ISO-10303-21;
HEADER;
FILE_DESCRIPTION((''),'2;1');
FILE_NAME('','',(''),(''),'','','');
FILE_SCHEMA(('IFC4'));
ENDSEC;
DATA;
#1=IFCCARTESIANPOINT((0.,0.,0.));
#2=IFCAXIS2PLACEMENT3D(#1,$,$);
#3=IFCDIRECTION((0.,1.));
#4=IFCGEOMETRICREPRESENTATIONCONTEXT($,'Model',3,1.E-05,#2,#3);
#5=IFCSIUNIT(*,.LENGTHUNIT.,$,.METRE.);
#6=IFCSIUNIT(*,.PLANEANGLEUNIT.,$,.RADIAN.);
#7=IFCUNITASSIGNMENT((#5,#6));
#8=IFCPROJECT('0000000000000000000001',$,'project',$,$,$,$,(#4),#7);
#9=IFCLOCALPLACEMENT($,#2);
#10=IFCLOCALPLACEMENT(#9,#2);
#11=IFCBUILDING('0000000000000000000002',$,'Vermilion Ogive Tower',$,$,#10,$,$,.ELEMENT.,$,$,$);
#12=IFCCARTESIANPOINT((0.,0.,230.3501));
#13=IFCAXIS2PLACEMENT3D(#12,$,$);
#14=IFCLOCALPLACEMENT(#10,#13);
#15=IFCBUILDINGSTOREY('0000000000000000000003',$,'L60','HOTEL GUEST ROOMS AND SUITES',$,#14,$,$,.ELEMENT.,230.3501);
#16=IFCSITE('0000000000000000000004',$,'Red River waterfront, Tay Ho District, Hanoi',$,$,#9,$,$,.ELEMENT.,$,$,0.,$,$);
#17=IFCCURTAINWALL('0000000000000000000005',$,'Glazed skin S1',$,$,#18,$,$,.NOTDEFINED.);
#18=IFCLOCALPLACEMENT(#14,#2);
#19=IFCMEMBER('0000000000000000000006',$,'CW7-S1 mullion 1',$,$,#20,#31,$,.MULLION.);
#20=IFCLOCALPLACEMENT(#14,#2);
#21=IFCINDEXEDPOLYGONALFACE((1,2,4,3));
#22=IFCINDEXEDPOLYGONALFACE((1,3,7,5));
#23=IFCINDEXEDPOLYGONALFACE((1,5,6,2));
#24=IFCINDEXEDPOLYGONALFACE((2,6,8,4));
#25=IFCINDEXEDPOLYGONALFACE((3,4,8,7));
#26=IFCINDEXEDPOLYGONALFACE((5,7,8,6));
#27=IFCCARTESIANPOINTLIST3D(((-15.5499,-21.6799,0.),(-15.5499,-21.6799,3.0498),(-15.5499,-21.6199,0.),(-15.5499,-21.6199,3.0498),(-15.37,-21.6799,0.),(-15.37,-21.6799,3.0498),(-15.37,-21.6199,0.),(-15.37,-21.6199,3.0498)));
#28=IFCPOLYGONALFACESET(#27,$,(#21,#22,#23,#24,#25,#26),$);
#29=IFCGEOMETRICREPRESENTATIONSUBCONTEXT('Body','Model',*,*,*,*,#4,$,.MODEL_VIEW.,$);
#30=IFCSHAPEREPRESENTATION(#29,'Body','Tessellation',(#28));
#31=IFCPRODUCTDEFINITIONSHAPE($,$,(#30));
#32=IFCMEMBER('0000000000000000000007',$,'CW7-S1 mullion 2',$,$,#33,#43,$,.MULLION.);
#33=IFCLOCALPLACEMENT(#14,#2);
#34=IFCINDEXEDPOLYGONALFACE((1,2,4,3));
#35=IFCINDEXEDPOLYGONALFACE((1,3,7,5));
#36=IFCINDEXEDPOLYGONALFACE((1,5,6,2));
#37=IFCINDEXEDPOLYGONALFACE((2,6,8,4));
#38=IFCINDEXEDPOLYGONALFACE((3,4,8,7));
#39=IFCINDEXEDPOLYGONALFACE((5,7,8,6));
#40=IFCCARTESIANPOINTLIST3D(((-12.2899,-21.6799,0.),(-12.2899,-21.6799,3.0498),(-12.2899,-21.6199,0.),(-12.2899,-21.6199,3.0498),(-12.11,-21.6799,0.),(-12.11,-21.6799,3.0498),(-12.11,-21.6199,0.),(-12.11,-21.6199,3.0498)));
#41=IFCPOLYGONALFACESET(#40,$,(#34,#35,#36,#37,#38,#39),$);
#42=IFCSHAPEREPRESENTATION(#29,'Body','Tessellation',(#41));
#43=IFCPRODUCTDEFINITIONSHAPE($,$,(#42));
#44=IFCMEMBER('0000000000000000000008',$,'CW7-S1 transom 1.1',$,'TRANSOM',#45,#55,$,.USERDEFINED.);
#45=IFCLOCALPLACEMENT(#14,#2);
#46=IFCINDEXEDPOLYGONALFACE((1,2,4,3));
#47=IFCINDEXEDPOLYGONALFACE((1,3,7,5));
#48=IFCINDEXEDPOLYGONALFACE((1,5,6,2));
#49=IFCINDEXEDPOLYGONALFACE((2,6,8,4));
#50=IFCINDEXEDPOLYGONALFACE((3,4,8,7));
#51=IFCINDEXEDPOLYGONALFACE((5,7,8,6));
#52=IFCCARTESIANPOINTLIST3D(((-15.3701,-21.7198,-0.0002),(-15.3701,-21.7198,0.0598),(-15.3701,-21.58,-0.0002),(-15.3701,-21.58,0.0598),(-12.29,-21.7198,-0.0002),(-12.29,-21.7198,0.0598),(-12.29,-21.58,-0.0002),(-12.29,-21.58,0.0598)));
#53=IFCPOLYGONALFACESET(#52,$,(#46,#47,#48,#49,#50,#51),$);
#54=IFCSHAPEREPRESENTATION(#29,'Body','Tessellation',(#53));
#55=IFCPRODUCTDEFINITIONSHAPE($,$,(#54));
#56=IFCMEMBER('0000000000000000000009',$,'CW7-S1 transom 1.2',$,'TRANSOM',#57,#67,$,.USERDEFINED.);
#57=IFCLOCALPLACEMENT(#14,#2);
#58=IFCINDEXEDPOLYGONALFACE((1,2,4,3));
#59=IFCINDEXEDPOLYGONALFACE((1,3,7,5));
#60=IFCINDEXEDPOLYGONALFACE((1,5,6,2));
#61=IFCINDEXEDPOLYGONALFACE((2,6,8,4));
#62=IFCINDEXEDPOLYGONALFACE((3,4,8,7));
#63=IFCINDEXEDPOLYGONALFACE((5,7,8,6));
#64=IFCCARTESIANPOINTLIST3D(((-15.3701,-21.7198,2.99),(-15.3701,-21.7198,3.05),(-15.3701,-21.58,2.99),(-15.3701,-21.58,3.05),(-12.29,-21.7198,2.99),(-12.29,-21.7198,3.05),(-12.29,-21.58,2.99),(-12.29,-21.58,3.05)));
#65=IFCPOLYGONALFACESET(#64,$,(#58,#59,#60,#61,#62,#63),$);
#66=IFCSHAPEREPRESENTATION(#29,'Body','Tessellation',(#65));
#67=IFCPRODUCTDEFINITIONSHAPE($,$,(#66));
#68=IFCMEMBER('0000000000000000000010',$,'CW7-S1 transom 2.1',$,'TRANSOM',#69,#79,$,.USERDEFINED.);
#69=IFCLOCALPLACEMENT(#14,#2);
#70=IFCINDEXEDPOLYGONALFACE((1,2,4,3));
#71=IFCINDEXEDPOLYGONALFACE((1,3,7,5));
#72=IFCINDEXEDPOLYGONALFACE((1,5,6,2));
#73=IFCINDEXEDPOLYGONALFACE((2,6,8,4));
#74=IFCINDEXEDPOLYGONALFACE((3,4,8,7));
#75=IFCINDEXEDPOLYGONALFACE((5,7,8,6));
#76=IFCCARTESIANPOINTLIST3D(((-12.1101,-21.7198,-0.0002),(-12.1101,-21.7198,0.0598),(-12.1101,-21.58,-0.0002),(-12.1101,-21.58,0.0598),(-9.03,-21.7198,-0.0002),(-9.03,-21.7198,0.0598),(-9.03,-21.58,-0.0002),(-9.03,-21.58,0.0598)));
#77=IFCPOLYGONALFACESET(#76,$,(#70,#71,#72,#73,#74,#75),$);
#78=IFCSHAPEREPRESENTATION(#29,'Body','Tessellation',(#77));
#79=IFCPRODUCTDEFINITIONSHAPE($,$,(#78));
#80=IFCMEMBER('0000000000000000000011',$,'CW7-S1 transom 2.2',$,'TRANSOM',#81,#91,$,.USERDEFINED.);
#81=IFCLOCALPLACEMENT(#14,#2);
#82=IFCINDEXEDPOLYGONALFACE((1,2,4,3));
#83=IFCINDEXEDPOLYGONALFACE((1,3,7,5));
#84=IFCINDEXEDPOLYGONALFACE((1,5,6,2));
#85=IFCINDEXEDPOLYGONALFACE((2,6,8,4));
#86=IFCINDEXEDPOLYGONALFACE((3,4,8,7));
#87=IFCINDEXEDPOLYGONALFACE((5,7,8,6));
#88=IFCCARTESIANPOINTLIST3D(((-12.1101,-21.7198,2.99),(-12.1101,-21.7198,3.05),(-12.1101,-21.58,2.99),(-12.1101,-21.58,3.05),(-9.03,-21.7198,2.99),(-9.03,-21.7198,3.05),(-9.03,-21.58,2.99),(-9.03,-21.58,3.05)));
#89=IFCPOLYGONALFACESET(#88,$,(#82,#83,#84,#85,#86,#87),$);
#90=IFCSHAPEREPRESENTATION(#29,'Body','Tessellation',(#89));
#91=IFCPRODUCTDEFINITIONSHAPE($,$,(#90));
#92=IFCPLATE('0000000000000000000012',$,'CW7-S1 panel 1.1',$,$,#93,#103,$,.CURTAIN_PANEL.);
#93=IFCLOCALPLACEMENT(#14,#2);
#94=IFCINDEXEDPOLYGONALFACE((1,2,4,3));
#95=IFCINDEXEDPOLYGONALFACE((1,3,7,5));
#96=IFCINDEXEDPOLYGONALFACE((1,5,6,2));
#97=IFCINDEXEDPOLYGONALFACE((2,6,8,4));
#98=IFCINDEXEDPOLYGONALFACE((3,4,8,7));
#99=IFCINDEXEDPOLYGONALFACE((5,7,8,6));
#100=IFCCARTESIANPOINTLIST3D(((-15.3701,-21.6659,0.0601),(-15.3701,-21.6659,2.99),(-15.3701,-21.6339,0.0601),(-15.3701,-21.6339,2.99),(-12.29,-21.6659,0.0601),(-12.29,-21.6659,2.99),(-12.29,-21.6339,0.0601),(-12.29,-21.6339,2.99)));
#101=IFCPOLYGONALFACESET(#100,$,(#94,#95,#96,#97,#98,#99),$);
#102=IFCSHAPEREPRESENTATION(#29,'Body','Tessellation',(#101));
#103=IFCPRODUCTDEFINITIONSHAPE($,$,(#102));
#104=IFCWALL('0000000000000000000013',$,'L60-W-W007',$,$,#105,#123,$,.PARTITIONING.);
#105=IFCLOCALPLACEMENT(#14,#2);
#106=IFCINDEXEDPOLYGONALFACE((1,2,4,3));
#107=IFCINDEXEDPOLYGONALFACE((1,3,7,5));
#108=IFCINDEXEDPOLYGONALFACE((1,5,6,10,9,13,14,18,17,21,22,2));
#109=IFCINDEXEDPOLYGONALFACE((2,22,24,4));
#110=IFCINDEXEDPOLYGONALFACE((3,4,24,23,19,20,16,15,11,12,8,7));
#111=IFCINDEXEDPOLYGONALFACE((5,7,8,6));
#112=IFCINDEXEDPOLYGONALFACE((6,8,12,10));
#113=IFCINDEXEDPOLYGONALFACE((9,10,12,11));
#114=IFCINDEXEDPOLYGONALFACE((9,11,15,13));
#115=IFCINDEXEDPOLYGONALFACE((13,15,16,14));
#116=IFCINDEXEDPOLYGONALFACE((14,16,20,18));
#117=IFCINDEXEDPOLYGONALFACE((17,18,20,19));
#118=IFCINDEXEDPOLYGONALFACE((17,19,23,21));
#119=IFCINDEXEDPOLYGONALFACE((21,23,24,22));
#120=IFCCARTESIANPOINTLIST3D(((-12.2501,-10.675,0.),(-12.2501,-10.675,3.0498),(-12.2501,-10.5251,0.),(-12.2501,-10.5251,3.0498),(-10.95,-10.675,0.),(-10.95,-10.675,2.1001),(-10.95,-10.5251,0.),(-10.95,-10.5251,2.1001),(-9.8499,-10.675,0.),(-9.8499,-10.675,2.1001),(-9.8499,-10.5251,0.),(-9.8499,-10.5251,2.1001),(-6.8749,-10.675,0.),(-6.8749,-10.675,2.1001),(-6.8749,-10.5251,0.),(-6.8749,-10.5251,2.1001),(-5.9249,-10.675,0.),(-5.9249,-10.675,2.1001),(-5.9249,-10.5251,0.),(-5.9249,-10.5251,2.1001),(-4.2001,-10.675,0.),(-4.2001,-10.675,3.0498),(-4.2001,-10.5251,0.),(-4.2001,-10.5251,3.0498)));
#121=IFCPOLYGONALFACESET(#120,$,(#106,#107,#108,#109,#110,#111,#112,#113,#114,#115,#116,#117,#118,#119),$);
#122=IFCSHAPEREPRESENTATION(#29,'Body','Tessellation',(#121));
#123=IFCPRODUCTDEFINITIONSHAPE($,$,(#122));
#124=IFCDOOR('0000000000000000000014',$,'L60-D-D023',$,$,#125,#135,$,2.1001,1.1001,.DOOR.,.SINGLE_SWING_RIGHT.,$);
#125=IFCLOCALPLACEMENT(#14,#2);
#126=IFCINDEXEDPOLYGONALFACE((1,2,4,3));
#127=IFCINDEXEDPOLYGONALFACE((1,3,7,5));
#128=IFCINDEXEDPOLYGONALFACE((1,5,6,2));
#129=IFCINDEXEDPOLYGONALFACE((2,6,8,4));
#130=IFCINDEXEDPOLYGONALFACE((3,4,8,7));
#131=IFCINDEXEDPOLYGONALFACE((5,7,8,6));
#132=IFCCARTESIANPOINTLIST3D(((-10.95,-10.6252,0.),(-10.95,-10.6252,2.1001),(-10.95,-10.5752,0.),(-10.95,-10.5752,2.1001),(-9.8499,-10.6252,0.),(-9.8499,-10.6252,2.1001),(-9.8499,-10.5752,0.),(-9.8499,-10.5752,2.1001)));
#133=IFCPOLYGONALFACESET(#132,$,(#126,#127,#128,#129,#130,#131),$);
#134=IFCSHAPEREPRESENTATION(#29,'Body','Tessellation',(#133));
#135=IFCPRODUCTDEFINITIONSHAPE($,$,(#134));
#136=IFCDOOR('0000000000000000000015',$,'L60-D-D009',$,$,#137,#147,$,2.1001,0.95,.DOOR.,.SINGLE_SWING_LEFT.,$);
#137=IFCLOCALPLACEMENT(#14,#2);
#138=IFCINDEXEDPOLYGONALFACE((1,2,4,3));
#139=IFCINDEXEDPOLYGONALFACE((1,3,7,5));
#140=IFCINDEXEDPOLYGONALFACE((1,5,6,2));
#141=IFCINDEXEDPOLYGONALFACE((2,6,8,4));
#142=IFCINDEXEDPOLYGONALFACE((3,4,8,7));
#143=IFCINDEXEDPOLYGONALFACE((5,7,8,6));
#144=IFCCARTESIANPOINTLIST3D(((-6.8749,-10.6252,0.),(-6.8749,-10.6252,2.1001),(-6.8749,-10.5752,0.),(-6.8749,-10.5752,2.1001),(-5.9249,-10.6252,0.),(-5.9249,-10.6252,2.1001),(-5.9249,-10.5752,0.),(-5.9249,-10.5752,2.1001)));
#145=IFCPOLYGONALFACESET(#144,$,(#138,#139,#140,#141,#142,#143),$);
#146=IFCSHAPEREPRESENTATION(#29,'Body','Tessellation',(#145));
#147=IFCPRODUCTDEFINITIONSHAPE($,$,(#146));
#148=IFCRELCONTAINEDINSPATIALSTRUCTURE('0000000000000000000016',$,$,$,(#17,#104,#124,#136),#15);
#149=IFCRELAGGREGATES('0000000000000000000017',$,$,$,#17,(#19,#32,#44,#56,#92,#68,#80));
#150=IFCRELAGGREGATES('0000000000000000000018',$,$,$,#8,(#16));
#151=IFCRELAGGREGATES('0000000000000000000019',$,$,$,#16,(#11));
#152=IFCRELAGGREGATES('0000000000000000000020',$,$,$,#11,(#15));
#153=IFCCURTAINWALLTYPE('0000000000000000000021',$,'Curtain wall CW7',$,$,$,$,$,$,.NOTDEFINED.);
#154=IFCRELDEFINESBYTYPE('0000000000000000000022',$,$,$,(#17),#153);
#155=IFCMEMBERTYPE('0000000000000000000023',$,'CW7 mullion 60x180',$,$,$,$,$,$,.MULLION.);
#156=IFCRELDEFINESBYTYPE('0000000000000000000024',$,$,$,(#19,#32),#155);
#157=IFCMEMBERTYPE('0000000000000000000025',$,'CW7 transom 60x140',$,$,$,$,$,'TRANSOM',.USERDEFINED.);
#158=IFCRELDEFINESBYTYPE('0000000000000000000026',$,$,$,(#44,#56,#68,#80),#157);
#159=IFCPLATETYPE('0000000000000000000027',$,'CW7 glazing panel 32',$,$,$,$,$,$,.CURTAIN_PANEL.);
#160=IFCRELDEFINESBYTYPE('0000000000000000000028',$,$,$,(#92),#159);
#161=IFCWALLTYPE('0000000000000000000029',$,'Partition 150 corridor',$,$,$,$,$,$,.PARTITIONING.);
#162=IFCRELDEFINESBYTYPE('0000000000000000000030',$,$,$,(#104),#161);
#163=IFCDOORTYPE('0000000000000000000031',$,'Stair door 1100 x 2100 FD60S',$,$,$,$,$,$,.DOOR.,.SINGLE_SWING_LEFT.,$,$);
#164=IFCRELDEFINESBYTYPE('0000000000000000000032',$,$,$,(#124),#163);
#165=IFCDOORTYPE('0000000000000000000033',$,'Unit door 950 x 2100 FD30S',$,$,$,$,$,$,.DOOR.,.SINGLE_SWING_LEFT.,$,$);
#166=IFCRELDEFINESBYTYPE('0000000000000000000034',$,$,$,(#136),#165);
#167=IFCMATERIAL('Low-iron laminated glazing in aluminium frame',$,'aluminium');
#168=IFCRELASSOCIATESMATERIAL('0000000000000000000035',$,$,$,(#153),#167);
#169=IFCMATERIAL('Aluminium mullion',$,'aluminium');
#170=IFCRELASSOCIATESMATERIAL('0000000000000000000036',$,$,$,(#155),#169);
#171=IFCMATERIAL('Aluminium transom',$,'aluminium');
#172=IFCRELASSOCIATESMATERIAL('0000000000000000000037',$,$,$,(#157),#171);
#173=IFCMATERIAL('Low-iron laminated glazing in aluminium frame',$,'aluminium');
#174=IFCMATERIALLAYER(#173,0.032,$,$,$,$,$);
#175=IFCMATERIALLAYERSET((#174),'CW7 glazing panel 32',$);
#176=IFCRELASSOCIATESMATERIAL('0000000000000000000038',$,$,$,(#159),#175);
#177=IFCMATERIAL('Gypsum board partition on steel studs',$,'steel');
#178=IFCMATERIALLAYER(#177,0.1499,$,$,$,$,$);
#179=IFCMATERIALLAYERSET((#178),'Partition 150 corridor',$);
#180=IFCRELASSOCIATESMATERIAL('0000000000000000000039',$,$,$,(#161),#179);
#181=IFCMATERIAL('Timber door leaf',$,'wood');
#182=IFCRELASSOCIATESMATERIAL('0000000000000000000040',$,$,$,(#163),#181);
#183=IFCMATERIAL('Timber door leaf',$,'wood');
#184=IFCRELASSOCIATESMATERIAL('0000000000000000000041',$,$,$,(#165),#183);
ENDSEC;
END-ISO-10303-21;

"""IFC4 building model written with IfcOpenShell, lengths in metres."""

from ifc_helpers import new_model, si_unit, direction, frame, frame_2d, origin, origin_2d, place, context, subcontext, project, spatial, rectangle, extrude, material, layer, layer_set, material_profile, profile_set, type_object, element, fill, aggregate, save


model = new_model("IFC4")

# Units and contexts
model_context = context("Model", 3, precision=1e-05, world=origin(), true_north=direction((0.0, 1.0)))
body_context = subcontext(model_context, "Body", "Model", "MODEL_VIEW")
ifc_project = project(units=[si_unit("LENGTHUNIT", "METRE"), si_unit("PLANEANGLEUNIT", "RADIAN")], contexts=[model_context])

# Site, building, storey
site_placement = place(None, origin())
site = spatial("IfcSite", under=ifc_project, at=site_placement, Name="Red River waterfront, Tay Ho District, Hanoi", CompositionType="ELEMENT", RefElevation=0.0)
building_placement = place(site_placement, origin())
building = spatial("IfcBuilding", under=site, at=building_placement, Name="Vermilion Ogive Tower", CompositionType="ELEMENT")
storey_placement = place(building_placement, frame((0.0, 0.0, 230.3501)))
storey = spatial("IfcBuildingStorey", under=building, at=storey_placement, Name="L60", Description="HOTEL GUEST ROOMS AND SUITES", CompositionType="ELEMENT", Elevation=230.3501)

# Curtain wall, members, plate
ifc_material_1 = material(Name="Low-iron laminated glazing in aluminium frame", Category="aluminium")
curtain_wall_type = type_object("IfcCurtainWallType", Name="Curtain wall CW7", PredefinedType="NOTDEFINED", material=ifc_material_1)
curtain_wall_placement = place(storey_placement, origin())
curtain_wall = element("IfcCurtainWall", 1, at=curtain_wall_placement, inside=storey, type_object=curtain_wall_type, Name="Glazed skin S1", PredefinedType="NOTDEFINED")
ifc_material_2 = material(Name="Aluminium mullion", Category="aluminium")
ifc_material_profile_1 = material_profile(ifc_material_2, rectangle(XDim=0.0601, YDim=0.1799, at=origin_2d()), Name="AL 60x180")
ifc_profile_set_1 = profile_set([ifc_material_profile_1], Name="Aluminium mullion")
member_type_1 = type_object("IfcMemberType", Name="CW7 mullion 60x180", PredefinedType="MULLION", material=ifc_profile_set_1)
member_1_placement = place(storey_placement, frame((-15.46, -21.6499, 0.0), z_axis=(0.0, 0.0, 1.0), x_axis=(0.0, 1.0, 0.0)))
member_1 = element("IfcMember", 2, at=member_1_placement, type_object=member_type_1, Name="CW7-S1 mullion 1", PredefinedType="MULLION", context=body_context, shape_type="SweptSolid", body=[
    extrude(rectangle(XDim=0.0601, YDim=0.1799, at=origin_2d()), origin(), (0.0, 0.0, 1.0), 3.0498),
])
member_2_placement = place(storey_placement, frame((-12.2, -21.6499, 0.0), z_axis=(0.0, 0.0, 1.0), x_axis=(0.0, 1.0, 0.0)))
member_2 = element("IfcMember", 3, at=member_2_placement, type_object=member_type_1, Name="CW7-S1 mullion 2", PredefinedType="MULLION", context=body_context, shape_type="SweptSolid", body=[
    extrude(rectangle(XDim=0.0601, YDim=0.1799, at=origin_2d()), origin(), (0.0, 0.0, 1.0), 3.0498),
])
ifc_material_3 = material(Name="Aluminium transom", Category="aluminium")
ifc_material_profile_2 = material_profile(ifc_material_3, rectangle(XDim=0.1399, YDim=0.0601, at=origin_2d()), Name="AL 60x140")
ifc_profile_set_2 = profile_set([ifc_material_profile_2], Name="Aluminium transom")
member_type_2 = type_object("IfcMemberType", Name="CW7 transom 60x140", ElementType="TRANSOM", PredefinedType="USERDEFINED", material=ifc_profile_set_2)
member_3_placement = place(storey_placement, frame((-15.3701, -21.6499, 0.0298), z_axis=(1.0, 0.0, 0.0), x_axis=(0.0, 1.0, 0.0)))
member_3 = element("IfcMember", 4, at=member_3_placement, type_object=member_type_2, Name="CW7-S1 transom 1.1", ObjectType="TRANSOM", PredefinedType="USERDEFINED", context=body_context, shape_type="SweptSolid", body=[
    extrude(rectangle(XDim=0.1399, YDim=0.0601, at=origin_2d()), origin(), (0.0, 0.0, 1.0), 3.0801),
])
member_4_placement = place(storey_placement, frame((-15.3701, -21.6499, 3.02), z_axis=(1.0, 0.0, 0.0), x_axis=(0.0, 1.0, 0.0)))
member_4 = element("IfcMember", 5, at=member_4_placement, type_object=member_type_2, Name="CW7-S1 transom 1.2", ObjectType="TRANSOM", PredefinedType="USERDEFINED", context=body_context, shape_type="SweptSolid", body=[
    extrude(rectangle(XDim=0.1399, YDim=0.0601, at=origin_2d()), origin(), (0.0, 0.0, 1.0), 3.0801),
])
member_5_placement = place(storey_placement, frame((-12.1101, -21.6499, 0.0298), z_axis=(1.0, 0.0, 0.0), x_axis=(0.0, 1.0, 0.0)))
member_5 = element("IfcMember", 6, at=member_5_placement, type_object=member_type_2, Name="CW7-S1 transom 2.1", ObjectType="TRANSOM", PredefinedType="USERDEFINED", context=body_context, shape_type="SweptSolid", body=[
    extrude(rectangle(XDim=0.1399, YDim=0.0601, at=origin_2d()), origin(), (0.0, 0.0, 1.0), 3.0801),
])
member_6_placement = place(storey_placement, frame((-12.1101, -21.6499, 3.02), z_axis=(1.0, 0.0, 0.0), x_axis=(0.0, 1.0, 0.0)))
member_6 = element("IfcMember", 7, at=member_6_placement, type_object=member_type_2, Name="CW7-S1 transom 2.2", ObjectType="TRANSOM", PredefinedType="USERDEFINED", context=body_context, shape_type="SweptSolid", body=[
    extrude(rectangle(XDim=0.1399, YDim=0.0601, at=origin_2d()), origin(), (0.0, 0.0, 1.0), 3.0801),
])
ifc_material_4 = material(Name="Low-iron laminated glazing in aluminium frame", Category="aluminium")
ifc_layer_1 = layer(ifc_material_4, 0.032)
ifc_layer_set_1 = layer_set([ifc_layer_1], Name="CW7 glazing panel 32")
plate_type = type_object("IfcPlateType", Name="CW7 glazing panel 32", PredefinedType="CURTAIN_PANEL", material=ifc_layer_set_1)
plate_placement = place(storey_placement, frame((-13.8301, -21.6499, 0.0601), z_axis=(0.0, 0.0, 1.0), x_axis=(1.0, 0.0, 0.0)))
plate = element("IfcPlate", 8, at=plate_placement, type_object=plate_type, Name="CW7-S1 panel 1.1", PredefinedType="CURTAIN_PANEL", context=body_context, shape_type="SweptSolid", body=[
    extrude(rectangle(XDim=3.0801, YDim=0.032, at=origin_2d()), origin(), (0.0, 0.0, 1.0), 2.9299),
])
aggregate(curtain_wall, [member_1, member_2, member_3, member_4, plate, member_5, member_6])

# Wall, openings, doors
ifc_material_5 = material(Name="Gypsum board partition on steel studs", Category="steel")
ifc_layer_2 = layer(ifc_material_5, 0.1499)
ifc_layer_set_2 = layer_set([ifc_layer_2], Name="Partition 150 corridor")
wall_type_1 = type_object("IfcWallType", Name="Partition 150 corridor", PredefinedType="PARTITIONING", material=ifc_layer_set_2)
wall_1_placement = place(storey_placement, frame((-12.25, -10.6001, 0.0), z_axis=(0.0, 0.0, 1.0), x_axis=(1.0, 0.0, 0.0)))
wall_1 = element("IfcWall", 9, at=wall_1_placement, inside=storey, type_object=wall_type_1, Name="L60-W-W007", PredefinedType="PARTITIONING", context=body_context, shape_type="SweptSolid", body=[
    extrude(rectangle(XDim=8.05, YDim=0.1499, at=frame_2d((4.0249, 0.0))), origin(), (0.0, 0.0, 1.0), 3.0498),
])
opening_1_placement = place(wall_1_placement, frame((5.375, 0.0, 0.0)))
opening_1 = element("IfcOpeningElement", 10, at=opening_1_placement, cuts=wall_1, PredefinedType="OPENING", context=body_context, shape_type="SweptSolid", body=[
    extrude(rectangle(XDim=0.95, YDim=2.1001, at=frame_2d((0.4751, 1.05))), frame((0.0, 0.085, 0.0), z_axis=(0.0, -1.0, 0.0), x_axis=(1.0, 0.0, 0.0)), (0.0, 0.0, 1.0), 0.1699),
])
opening_2_placement = place(wall_1_placement, frame((1.3, 0.0, 0.0)))
opening_2 = element("IfcOpeningElement", 11, at=opening_2_placement, cuts=wall_1, PredefinedType="OPENING", context=body_context, shape_type="SweptSolid", body=[
    extrude(rectangle(XDim=1.1001, YDim=2.1001, at=frame_2d((0.55, 1.05))), frame((0.0, 0.085, 0.0), z_axis=(0.0, -1.0, 0.0), x_axis=(1.0, 0.0, 0.0)), (0.0, 0.0, 1.0), 0.1699),
])
ifc_material_6 = material(Name="Timber door leaf", Category="wood")
door_type_1 = type_object("IfcDoorType", Name="Stair door 1100 x 2100 FD60S", OperationType="SINGLE_SWING_LEFT", PredefinedType="DOOR", material=ifc_material_6)
door_1_placement = place(opening_2_placement, origin())
door_1 = element("IfcDoor", 12, at=door_1_placement, inside=storey, type_object=door_type_1, Name="L60-D-D023", OperationType="SINGLE_SWING_RIGHT", OverallHeight=2.1001, OverallWidth=1.1001, PredefinedType="DOOR", context=body_context, shape_type="SweptSolid", body=[
    extrude(rectangle(XDim=1.1001, YDim=2.1001, at=frame_2d((0.55, 1.05))), frame((0.0, 0.0249, 0.0), z_axis=(0.0, -1.0, 0.0), x_axis=(1.0, 0.0, 0.0)), (0.0, 0.0, 1.0), 0.05),
])
fill(opening_2, door_1)
ifc_material_7 = material(Name="Timber door leaf", Category="wood")
door_type_2 = type_object("IfcDoorType", Name="Unit door 950 x 2100 FD30S", OperationType="SINGLE_SWING_LEFT", PredefinedType="DOOR", material=ifc_material_7)
door_2_placement = place(opening_1_placement, origin())
door_2 = element("IfcDoor", 13, at=door_2_placement, inside=storey, type_object=door_type_2, Name="L60-D-D009", OperationType="SINGLE_SWING_LEFT", OverallHeight=2.1001, OverallWidth=0.95, PredefinedType="DOOR", context=body_context, shape_type="SweptSolid", body=[
    extrude(rectangle(XDim=0.95, YDim=2.1001, at=frame_2d((0.4751, 1.05))), frame((0.0, 0.0249, 0.0), z_axis=(0.0, -1.0, 0.0), x_axis=(1.0, 0.0, 0.0)), (0.0, 0.0, 1.0), 0.05),
])
fill(opening_1, door_2)

save(model, "model.ifc")
